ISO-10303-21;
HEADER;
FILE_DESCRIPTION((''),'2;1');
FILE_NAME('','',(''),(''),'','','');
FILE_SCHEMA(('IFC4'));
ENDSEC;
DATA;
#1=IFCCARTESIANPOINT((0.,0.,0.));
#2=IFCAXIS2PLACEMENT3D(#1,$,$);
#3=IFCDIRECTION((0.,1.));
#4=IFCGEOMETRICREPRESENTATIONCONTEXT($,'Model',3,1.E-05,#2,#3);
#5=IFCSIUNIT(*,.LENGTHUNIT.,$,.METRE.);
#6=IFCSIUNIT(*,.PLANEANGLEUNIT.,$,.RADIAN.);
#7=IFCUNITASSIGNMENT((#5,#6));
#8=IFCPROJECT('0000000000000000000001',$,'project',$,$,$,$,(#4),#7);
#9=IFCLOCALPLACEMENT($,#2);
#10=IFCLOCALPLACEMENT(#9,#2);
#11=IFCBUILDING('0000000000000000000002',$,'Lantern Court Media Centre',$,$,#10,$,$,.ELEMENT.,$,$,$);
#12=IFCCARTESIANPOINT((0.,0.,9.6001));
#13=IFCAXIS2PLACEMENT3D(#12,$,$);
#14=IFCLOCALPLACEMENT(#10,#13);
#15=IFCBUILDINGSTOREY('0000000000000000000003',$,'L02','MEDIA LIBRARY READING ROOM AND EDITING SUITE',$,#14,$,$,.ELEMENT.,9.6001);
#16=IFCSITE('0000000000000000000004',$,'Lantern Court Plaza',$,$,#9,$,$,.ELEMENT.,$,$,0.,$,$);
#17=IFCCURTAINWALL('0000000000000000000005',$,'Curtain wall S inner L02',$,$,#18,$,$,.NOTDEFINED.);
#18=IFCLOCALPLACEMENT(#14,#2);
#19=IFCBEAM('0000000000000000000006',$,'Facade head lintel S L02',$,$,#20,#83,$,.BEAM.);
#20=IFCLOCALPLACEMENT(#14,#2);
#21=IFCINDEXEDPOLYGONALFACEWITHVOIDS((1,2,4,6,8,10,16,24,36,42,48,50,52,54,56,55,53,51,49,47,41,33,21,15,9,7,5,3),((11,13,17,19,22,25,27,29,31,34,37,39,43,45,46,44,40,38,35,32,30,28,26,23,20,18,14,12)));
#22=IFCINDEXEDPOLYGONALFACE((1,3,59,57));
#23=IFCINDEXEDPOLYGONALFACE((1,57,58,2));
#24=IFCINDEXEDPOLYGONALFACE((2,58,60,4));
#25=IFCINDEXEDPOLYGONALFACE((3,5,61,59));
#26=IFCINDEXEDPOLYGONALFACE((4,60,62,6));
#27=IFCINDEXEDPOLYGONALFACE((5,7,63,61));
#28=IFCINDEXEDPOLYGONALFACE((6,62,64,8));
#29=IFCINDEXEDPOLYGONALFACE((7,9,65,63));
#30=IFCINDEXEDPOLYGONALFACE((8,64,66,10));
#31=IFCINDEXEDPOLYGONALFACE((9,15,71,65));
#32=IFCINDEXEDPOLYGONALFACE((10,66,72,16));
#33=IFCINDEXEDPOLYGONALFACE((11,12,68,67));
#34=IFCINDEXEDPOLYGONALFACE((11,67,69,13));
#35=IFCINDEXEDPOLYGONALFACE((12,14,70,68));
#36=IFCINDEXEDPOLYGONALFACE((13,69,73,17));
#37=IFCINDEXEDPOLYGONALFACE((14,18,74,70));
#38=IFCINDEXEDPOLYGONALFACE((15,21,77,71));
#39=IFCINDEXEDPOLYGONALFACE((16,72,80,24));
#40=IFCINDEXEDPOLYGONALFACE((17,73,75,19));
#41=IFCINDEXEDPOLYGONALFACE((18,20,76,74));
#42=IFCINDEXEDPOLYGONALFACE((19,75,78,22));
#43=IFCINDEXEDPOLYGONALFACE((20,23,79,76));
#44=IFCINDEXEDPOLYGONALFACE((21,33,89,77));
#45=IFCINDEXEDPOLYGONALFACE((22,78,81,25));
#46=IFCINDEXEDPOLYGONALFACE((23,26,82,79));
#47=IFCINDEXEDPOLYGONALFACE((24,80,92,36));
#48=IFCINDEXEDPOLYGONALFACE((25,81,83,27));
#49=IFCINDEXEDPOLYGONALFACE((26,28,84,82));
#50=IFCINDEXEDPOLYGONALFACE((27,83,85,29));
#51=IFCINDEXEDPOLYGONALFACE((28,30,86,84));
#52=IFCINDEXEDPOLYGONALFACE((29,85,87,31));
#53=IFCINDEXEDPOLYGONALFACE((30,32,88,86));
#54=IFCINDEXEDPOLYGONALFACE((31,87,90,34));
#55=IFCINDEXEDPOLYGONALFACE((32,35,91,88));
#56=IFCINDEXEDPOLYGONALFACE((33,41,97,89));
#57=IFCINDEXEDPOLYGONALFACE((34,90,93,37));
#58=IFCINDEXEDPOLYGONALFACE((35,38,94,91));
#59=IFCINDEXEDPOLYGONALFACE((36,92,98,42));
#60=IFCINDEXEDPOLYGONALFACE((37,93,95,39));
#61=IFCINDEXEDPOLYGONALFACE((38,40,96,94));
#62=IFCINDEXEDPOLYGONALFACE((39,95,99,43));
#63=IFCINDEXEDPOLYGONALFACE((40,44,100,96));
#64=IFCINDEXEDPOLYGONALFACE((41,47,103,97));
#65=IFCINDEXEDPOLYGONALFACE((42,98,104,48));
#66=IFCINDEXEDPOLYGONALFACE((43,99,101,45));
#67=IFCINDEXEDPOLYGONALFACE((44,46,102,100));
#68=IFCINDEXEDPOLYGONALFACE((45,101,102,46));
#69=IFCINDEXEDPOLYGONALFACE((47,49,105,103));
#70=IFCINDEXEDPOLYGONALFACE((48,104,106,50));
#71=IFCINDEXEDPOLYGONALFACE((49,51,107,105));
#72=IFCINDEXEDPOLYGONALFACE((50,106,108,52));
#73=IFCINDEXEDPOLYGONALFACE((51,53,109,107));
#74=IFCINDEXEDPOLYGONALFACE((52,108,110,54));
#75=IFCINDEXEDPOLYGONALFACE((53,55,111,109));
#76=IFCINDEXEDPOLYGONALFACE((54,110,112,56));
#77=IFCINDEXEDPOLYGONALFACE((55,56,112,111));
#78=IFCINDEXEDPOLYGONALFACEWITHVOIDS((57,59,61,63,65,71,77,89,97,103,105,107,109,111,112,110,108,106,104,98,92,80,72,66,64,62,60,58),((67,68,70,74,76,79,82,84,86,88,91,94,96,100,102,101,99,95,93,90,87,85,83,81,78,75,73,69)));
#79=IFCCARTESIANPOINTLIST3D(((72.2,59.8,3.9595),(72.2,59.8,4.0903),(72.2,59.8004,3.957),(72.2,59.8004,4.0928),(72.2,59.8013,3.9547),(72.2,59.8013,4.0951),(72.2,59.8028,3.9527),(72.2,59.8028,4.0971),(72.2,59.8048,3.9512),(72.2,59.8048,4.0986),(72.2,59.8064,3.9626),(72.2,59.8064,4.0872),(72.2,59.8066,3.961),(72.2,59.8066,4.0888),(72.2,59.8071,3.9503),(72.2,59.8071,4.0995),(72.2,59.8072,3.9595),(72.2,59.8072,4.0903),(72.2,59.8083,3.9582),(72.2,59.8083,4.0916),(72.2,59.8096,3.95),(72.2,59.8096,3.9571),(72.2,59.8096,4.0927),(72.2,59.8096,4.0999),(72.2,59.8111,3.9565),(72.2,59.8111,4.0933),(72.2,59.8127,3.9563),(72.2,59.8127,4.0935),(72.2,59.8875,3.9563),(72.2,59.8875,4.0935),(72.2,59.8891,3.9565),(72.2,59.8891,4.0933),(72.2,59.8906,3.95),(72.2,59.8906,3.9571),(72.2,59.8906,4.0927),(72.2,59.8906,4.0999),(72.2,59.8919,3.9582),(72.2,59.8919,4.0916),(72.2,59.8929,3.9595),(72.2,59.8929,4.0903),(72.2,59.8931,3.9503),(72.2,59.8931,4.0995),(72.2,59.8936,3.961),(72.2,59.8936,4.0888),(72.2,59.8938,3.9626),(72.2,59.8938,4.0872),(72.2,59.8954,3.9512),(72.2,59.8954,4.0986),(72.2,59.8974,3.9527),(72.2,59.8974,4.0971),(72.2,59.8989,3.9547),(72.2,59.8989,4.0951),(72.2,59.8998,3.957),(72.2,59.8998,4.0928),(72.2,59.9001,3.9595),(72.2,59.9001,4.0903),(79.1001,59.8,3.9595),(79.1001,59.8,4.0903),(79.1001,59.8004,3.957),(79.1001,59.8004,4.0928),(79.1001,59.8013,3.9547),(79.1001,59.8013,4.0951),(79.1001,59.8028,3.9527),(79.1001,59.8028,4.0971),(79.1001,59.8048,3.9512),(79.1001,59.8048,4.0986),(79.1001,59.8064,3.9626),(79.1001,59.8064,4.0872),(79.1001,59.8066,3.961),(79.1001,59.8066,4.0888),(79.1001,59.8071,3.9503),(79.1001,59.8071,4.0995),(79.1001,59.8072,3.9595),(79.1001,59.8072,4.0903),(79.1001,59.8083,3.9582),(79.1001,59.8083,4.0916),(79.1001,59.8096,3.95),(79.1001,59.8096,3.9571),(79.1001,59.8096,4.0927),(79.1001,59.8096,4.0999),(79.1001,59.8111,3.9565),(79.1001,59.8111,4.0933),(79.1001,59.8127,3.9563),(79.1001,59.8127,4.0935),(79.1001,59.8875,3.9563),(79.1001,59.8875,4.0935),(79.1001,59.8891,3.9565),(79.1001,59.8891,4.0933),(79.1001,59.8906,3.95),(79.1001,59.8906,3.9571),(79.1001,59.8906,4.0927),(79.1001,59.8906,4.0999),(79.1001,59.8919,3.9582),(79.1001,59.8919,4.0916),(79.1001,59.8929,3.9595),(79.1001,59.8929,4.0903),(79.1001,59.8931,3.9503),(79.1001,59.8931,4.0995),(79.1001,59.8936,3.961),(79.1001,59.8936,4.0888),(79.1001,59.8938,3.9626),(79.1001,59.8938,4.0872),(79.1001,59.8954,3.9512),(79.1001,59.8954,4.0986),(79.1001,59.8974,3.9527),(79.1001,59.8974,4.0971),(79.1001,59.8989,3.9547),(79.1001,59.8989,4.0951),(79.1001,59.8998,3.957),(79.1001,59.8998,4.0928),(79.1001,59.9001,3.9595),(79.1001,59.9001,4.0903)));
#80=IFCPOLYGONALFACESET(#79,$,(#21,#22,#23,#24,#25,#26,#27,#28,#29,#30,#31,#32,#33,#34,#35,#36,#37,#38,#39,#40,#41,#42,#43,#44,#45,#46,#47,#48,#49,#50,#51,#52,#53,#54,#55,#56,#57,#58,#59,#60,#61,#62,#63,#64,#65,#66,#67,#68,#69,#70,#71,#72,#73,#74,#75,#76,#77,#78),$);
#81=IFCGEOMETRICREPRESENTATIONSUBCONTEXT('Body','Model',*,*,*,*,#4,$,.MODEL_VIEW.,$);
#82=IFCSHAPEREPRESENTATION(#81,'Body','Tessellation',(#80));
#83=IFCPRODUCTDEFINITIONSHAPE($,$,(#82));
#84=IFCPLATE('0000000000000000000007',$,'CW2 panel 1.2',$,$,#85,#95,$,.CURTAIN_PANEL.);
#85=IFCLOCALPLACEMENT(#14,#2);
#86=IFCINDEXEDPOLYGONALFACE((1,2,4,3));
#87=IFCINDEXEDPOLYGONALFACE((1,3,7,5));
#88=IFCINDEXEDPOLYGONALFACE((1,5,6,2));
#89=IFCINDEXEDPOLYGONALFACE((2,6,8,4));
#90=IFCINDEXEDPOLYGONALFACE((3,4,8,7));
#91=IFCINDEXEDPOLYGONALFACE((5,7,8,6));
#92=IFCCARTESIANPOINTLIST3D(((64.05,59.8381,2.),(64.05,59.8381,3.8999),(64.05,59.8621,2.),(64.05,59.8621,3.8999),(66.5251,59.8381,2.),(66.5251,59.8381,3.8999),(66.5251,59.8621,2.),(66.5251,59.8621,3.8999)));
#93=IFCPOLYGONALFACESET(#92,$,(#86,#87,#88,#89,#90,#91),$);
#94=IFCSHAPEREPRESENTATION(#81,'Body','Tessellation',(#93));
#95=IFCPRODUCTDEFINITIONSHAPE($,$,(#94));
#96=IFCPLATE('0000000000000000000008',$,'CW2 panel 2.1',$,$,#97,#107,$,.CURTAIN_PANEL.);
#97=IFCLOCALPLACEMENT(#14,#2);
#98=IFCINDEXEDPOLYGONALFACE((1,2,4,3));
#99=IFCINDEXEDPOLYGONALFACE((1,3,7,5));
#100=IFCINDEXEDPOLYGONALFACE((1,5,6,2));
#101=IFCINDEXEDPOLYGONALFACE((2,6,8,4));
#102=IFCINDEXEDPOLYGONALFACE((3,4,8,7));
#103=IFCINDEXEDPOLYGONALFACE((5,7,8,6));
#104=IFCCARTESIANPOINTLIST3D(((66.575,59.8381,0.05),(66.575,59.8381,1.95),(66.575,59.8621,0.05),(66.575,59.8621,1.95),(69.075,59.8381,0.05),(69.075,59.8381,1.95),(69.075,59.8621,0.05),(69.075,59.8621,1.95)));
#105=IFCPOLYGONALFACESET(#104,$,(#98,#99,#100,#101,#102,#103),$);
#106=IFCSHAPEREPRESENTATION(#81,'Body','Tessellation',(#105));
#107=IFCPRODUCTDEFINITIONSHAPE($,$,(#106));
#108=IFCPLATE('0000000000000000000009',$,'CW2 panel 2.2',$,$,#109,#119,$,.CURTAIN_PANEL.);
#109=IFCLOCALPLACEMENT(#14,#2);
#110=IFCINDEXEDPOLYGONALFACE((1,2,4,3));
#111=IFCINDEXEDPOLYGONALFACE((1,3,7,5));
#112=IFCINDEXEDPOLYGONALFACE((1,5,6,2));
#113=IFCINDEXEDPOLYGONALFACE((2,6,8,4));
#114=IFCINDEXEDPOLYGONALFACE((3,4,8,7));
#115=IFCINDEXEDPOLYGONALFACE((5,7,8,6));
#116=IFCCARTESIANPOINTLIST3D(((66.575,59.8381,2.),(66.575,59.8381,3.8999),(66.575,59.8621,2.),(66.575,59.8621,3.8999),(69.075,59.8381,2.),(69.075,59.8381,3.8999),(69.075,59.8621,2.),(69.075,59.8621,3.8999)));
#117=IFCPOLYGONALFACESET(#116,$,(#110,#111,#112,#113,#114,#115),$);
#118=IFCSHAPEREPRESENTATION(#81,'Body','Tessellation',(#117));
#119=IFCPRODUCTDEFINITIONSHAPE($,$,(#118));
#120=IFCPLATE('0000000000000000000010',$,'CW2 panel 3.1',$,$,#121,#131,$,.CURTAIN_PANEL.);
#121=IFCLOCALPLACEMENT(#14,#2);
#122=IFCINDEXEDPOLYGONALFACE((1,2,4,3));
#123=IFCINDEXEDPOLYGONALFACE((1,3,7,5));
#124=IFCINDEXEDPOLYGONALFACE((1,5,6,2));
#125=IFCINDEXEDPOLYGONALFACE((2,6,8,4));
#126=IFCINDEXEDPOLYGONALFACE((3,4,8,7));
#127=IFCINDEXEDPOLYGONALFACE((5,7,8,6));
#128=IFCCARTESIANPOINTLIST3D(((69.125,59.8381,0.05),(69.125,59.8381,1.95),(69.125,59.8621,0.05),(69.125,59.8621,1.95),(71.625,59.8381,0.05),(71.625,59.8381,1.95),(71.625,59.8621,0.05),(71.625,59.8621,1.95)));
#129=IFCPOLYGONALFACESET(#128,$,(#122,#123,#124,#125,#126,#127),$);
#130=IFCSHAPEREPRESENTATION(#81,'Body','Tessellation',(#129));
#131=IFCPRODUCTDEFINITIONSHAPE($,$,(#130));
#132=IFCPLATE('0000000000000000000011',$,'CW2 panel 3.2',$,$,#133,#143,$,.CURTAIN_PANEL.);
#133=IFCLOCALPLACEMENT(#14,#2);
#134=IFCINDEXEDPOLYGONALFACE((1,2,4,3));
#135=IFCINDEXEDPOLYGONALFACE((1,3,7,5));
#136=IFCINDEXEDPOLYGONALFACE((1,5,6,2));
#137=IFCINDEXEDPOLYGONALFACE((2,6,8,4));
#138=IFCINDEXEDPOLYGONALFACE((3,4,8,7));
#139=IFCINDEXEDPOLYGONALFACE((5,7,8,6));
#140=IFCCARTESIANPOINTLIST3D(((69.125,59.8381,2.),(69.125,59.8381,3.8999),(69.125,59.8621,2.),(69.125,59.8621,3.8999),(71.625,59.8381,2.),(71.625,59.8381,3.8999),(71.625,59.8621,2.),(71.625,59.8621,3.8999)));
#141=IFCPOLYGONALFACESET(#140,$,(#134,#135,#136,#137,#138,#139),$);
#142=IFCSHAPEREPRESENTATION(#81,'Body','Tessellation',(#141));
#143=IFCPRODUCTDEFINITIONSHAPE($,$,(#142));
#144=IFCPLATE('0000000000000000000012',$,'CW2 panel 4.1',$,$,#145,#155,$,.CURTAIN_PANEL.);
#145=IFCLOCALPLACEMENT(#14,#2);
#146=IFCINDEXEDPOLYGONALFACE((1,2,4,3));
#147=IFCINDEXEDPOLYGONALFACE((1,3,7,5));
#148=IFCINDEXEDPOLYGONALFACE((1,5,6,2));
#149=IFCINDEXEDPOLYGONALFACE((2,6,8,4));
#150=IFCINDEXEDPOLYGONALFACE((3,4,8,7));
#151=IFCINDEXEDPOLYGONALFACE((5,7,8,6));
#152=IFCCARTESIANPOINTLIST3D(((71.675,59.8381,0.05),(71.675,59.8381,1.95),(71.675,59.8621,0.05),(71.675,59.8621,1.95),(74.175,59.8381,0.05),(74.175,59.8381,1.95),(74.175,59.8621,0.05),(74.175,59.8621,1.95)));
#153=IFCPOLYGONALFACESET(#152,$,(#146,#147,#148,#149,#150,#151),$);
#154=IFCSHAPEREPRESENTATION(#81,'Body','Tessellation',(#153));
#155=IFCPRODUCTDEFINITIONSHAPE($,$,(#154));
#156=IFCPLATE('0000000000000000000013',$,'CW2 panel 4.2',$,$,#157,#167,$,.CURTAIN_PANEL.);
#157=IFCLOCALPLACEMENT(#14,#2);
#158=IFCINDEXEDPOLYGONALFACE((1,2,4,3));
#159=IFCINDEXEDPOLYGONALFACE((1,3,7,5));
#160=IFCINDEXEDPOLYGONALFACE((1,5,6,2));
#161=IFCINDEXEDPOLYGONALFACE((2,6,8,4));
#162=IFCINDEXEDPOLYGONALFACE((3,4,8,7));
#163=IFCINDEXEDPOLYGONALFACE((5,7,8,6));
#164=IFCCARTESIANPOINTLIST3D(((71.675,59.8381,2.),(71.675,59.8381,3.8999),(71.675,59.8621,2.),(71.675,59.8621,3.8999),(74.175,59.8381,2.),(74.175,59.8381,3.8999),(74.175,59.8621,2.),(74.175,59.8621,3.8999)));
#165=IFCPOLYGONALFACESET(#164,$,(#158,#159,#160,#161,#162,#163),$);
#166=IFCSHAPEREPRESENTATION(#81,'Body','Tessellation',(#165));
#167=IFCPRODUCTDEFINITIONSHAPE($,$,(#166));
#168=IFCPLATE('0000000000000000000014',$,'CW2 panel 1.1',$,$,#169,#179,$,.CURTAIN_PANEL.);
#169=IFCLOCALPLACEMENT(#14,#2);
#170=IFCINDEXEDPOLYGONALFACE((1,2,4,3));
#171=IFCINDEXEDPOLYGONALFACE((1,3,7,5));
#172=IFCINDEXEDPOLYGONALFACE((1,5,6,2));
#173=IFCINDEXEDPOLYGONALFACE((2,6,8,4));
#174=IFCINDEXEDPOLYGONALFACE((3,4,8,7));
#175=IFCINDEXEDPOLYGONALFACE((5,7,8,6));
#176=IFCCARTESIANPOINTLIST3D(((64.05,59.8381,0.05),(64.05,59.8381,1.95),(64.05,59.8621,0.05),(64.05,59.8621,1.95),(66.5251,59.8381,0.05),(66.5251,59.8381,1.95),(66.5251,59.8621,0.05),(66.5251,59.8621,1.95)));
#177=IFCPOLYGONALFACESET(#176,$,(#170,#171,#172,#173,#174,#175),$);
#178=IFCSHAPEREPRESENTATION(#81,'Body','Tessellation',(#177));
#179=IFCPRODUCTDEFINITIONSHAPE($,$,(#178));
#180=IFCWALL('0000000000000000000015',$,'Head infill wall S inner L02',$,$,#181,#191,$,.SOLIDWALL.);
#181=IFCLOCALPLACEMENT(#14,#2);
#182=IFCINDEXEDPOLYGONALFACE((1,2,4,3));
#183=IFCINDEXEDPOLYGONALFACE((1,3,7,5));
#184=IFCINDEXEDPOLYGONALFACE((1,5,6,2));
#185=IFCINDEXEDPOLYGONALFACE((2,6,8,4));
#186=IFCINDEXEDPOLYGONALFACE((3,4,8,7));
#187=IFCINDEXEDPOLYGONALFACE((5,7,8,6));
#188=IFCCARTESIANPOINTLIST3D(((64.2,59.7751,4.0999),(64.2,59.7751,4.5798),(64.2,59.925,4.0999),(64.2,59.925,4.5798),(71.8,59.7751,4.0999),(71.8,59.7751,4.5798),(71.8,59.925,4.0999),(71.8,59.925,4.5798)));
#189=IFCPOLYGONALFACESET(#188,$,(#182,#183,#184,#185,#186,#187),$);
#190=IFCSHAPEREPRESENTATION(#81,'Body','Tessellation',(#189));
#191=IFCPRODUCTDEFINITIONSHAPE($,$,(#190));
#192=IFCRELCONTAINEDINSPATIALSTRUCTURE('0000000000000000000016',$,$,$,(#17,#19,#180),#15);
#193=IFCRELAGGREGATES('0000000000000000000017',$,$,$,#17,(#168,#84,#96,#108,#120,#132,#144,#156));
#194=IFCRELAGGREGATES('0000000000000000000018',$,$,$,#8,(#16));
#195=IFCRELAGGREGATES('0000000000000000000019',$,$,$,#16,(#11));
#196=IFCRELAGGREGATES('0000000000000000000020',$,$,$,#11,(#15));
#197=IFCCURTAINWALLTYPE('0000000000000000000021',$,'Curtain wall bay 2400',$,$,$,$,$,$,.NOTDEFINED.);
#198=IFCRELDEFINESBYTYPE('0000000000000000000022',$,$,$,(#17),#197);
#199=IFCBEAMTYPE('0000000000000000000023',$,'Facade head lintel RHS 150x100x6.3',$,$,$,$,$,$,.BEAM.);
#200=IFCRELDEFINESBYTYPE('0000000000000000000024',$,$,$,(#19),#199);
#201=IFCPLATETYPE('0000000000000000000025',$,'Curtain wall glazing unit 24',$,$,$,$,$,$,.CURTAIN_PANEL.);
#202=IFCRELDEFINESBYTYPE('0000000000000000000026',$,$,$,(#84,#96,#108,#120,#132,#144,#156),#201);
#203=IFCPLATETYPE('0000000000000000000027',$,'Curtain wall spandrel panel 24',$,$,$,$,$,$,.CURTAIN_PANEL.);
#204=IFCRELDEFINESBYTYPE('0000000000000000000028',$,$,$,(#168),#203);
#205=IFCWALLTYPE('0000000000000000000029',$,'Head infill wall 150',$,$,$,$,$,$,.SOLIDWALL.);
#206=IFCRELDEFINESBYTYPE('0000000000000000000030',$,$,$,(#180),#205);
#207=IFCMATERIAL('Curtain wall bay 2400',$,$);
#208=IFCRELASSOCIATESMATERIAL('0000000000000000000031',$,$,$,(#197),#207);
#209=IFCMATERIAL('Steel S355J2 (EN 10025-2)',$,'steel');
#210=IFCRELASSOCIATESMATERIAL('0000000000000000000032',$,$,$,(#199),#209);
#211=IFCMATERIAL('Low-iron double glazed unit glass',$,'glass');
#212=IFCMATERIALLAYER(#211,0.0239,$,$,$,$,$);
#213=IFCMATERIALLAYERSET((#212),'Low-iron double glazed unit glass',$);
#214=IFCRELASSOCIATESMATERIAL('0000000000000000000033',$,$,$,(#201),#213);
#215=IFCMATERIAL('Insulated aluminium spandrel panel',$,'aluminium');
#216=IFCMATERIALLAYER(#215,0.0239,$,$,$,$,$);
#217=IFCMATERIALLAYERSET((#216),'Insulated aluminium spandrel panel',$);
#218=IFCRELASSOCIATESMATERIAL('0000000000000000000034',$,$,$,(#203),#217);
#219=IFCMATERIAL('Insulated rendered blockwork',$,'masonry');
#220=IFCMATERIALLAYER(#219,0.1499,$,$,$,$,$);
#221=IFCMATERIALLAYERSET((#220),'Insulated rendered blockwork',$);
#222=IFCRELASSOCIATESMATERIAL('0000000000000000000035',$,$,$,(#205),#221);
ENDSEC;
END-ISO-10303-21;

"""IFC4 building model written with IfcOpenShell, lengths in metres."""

from ifc_helpers import new_model, si_unit, direction, frame, frame_2d, origin, origin_2d, place, context, subcontext, project, spatial, rectangle, hollow_rectangle, extrude, material, layer, layer_set, material_profile, profile_set, type_object, element, aggregate, save


model = new_model("IFC4")

# Units and contexts
model_context = context("Model", 3, precision=1e-05, world=origin(), true_north=direction((0.0, 1.0)))
body_context = subcontext(model_context, "Body", "Model", "MODEL_VIEW")
ifc_project = project(units=[si_unit("LENGTHUNIT", "METRE"), si_unit("PLANEANGLEUNIT", "RADIAN")], contexts=[model_context])

# Site, building, storey
site_placement = place(None, origin())
site = spatial("IfcSite", under=ifc_project, at=site_placement, Name="Lantern Court Plaza", CompositionType="ELEMENT", RefElevation=0.0)
building_placement = place(site_placement, origin())
building = spatial("IfcBuilding", under=site, at=building_placement, Name="Lantern Court Media Centre", CompositionType="ELEMENT")
storey_placement = place(building_placement, frame((0.0, 0.0, 9.6001)))
storey = spatial("IfcBuildingStorey", under=building, at=storey_placement, Name="L02", Description="MEDIA LIBRARY READING ROOM AND EDITING SUITE", CompositionType="ELEMENT", Elevation=9.6001)

# Curtain wall
ifc_material_1 = material(Name="Curtain wall bay 2400")
curtain_wall_type = type_object("IfcCurtainWallType", Name="Curtain wall bay 2400", PredefinedType="NOTDEFINED", material=ifc_material_1)
curtain_wall_placement = place(storey_placement, origin())
curtain_wall = element("IfcCurtainWall", 1, at=curtain_wall_placement, inside=storey, type_object=curtain_wall_type, Name="Curtain wall S inner L02", PredefinedType="NOTDEFINED")

# Beam
ifc_material_2 = material(Name="Steel S355J2 (EN 10025-2)", Category="steel")
ifc_material_profile_1 = material_profile(ifc_material_2, hollow_rectangle(XDim=0.1001, YDim=0.1499, WallThickness=0.0063, InnerFilletRadius=0.0063, OuterFilletRadius=0.0095, at=origin_2d()), Name="Facade head lintel RHS 150x100x6.3")
ifc_profile_set_1 = profile_set([ifc_material_profile_1], Name="Steel S355J2 (EN 10025-2)")
beam_type = type_object("IfcBeamType", Name="Facade head lintel RHS 150x100x6.3", PredefinedType="BEAM", material=ifc_profile_set_1)
beam_placement = place(storey_placement, frame((72.2, 59.8501, 4.0249), z_axis=(1.0, 0.0, 0.0), x_axis=(0.0, 1.0, 0.0)))
element("IfcBeam", 2, at=beam_placement, inside=storey, type_object=beam_type, Name="Facade head lintel S L02", PredefinedType="BEAM", context=body_context, shape_type="SweptSolid", body=[
    extrude(hollow_rectangle(XDim=0.1001, YDim=0.1499, WallThickness=0.0063, InnerFilletRadius=0.0063, OuterFilletRadius=0.0095, at=origin_2d()), origin(), (0.0, 0.0, 1.0), 6.9001),
])

# Plates
ifc_material_3 = material(Name="Low-iron double glazed unit glass", Category="glass")
ifc_layer_1 = layer(ifc_material_3, 0.0239)
ifc_layer_set_1 = layer_set([ifc_layer_1], Name="Low-iron double glazed unit glass")
plate_type_1 = type_object("IfcPlateType", Name="Curtain wall glazing unit 24", PredefinedType="CURTAIN_PANEL", material=ifc_layer_set_1)
plate_1_placement = place(storey_placement, frame((65.2876, 59.8501, 2.0), z_axis=(0.0, 0.0, 1.0), x_axis=(1.0, 0.0, 0.0)))
plate_1 = element("IfcPlate", 3, at=plate_1_placement, type_object=plate_type_1, Name="CW2 panel 1.2", PredefinedType="CURTAIN_PANEL", context=body_context, shape_type="SweptSolid", body=[
    extrude(rectangle(XDim=2.4751, YDim=0.0239, at=origin_2d()), origin(), (0.0, 0.0, 1.0), 1.8999),
])
plate_2_placement = place(storey_placement, frame((67.825, 59.8501, 0.05), z_axis=(0.0, 0.0, 1.0), x_axis=(1.0, 0.0, 0.0)))
plate_2 = element("IfcPlate", 4, at=plate_2_placement, type_object=plate_type_1, Name="CW2 panel 2.1", PredefinedType="CURTAIN_PANEL", context=body_context, shape_type="SweptSolid", body=[
    extrude(rectangle(XDim=2.5, YDim=0.0239, at=origin_2d()), origin(), (0.0, 0.0, 1.0), 1.8999),
])
plate_3_placement = place(storey_placement, frame((67.825, 59.8501, 2.0), z_axis=(0.0, 0.0, 1.0), x_axis=(1.0, 0.0, 0.0)))
plate_3 = element("IfcPlate", 5, at=plate_3_placement, type_object=plate_type_1, Name="CW2 panel 2.2", PredefinedType="CURTAIN_PANEL", context=body_context, shape_type="SweptSolid", body=[
    extrude(rectangle(XDim=2.5, YDim=0.0239, at=origin_2d()), origin(), (0.0, 0.0, 1.0), 1.8999),
])
plate_4_placement = place(storey_placement, frame((70.375, 59.8501, 0.05), z_axis=(0.0, 0.0, 1.0), x_axis=(1.0, 0.0, 0.0)))
plate_4 = element("IfcPlate", 6, at=plate_4_placement, type_object=plate_type_1, Name="CW2 panel 3.1", PredefinedType="CURTAIN_PANEL", context=body_context, shape_type="SweptSolid", body=[
    extrude(rectangle(XDim=2.5, YDim=0.0239, at=origin_2d()), origin(), (0.0, 0.0, 1.0), 1.8999),
])
plate_5_placement = place(storey_placement, frame((70.375, 59.8501, 2.0), z_axis=(0.0, 0.0, 1.0), x_axis=(1.0, 0.0, 0.0)))
plate_5 = element("IfcPlate", 7, at=plate_5_placement, type_object=plate_type_1, Name="CW2 panel 3.2", PredefinedType="CURTAIN_PANEL", context=body_context, shape_type="SweptSolid", body=[
    extrude(rectangle(XDim=2.5, YDim=0.0239, at=origin_2d()), origin(), (0.0, 0.0, 1.0), 1.8999),
])
plate_6_placement = place(storey_placement, frame((72.925, 59.8501, 0.05), z_axis=(0.0, 0.0, 1.0), x_axis=(1.0, 0.0, 0.0)))
plate_6 = element("IfcPlate", 8, at=plate_6_placement, type_object=plate_type_1, Name="CW2 panel 4.1", PredefinedType="CURTAIN_PANEL", context=body_context, shape_type="SweptSolid", body=[
    extrude(rectangle(XDim=2.5, YDim=0.0239, at=origin_2d()), origin(), (0.0, 0.0, 1.0), 1.8999),
])
plate_7_placement = place(storey_placement, frame((72.925, 59.8501, 2.0), z_axis=(0.0, 0.0, 1.0), x_axis=(1.0, 0.0, 0.0)))
plate_7 = element("IfcPlate", 9, at=plate_7_placement, type_object=plate_type_1, Name="CW2 panel 4.2", PredefinedType="CURTAIN_PANEL", context=body_context, shape_type="SweptSolid", body=[
    extrude(rectangle(XDim=2.5, YDim=0.0239, at=origin_2d()), origin(), (0.0, 0.0, 1.0), 1.8999),
])
ifc_material_4 = material(Name="Insulated aluminium spandrel panel", Category="aluminium")
ifc_layer_2 = layer(ifc_material_4, 0.0239)
ifc_layer_set_2 = layer_set([ifc_layer_2], Name="Insulated aluminium spandrel panel")
plate_type_2 = type_object("IfcPlateType", Name="Curtain wall spandrel panel 24", PredefinedType="CURTAIN_PANEL", material=ifc_layer_set_2)
plate_8_placement = place(storey_placement, frame((65.2876, 59.8501, 0.05), z_axis=(0.0, 0.0, 1.0), x_axis=(1.0, 0.0, 0.0)))
plate_8 = element("IfcPlate", 10, at=plate_8_placement, type_object=plate_type_2, Name="CW2 panel 1.1", PredefinedType="CURTAIN_PANEL", context=body_context, shape_type="SweptSolid", body=[
    extrude(rectangle(XDim=2.4751, YDim=0.0239, at=origin_2d()), origin(), (0.0, 0.0, 1.0), 1.8999),
])
aggregate(curtain_wall, [plate_8, plate_1, plate_2, plate_3, plate_4, plate_5, plate_6, plate_7])

# Wall
ifc_material_5 = material(Name="Insulated rendered blockwork", Category="masonry")
ifc_layer_3 = layer(ifc_material_5, 0.1499)
ifc_layer_set_3 = layer_set([ifc_layer_3], Name="Insulated rendered blockwork")
wall_type = type_object("IfcWallType", Name="Head infill wall 150", PredefinedType="SOLIDWALL", material=ifc_layer_set_3)
wall_1_placement = place(storey_placement, frame((64.2, 59.8501, 4.0999), z_axis=(0.0, 0.0, 1.0), x_axis=(1.0, 0.0, 0.0)))
element("IfcWall", 11, at=wall_1_placement, inside=storey, type_object=wall_type, Name="Head infill wall S inner L02", PredefinedType="SOLIDWALL", context=body_context, shape_type="SweptSolid", body=[
    extrude(rectangle(XDim=7.6001, YDim=0.1499, at=frame_2d((3.8, 0.0))), origin(), (0.0, 0.0, 1.0), 0.48),
])

save(model, "model.ifc")
